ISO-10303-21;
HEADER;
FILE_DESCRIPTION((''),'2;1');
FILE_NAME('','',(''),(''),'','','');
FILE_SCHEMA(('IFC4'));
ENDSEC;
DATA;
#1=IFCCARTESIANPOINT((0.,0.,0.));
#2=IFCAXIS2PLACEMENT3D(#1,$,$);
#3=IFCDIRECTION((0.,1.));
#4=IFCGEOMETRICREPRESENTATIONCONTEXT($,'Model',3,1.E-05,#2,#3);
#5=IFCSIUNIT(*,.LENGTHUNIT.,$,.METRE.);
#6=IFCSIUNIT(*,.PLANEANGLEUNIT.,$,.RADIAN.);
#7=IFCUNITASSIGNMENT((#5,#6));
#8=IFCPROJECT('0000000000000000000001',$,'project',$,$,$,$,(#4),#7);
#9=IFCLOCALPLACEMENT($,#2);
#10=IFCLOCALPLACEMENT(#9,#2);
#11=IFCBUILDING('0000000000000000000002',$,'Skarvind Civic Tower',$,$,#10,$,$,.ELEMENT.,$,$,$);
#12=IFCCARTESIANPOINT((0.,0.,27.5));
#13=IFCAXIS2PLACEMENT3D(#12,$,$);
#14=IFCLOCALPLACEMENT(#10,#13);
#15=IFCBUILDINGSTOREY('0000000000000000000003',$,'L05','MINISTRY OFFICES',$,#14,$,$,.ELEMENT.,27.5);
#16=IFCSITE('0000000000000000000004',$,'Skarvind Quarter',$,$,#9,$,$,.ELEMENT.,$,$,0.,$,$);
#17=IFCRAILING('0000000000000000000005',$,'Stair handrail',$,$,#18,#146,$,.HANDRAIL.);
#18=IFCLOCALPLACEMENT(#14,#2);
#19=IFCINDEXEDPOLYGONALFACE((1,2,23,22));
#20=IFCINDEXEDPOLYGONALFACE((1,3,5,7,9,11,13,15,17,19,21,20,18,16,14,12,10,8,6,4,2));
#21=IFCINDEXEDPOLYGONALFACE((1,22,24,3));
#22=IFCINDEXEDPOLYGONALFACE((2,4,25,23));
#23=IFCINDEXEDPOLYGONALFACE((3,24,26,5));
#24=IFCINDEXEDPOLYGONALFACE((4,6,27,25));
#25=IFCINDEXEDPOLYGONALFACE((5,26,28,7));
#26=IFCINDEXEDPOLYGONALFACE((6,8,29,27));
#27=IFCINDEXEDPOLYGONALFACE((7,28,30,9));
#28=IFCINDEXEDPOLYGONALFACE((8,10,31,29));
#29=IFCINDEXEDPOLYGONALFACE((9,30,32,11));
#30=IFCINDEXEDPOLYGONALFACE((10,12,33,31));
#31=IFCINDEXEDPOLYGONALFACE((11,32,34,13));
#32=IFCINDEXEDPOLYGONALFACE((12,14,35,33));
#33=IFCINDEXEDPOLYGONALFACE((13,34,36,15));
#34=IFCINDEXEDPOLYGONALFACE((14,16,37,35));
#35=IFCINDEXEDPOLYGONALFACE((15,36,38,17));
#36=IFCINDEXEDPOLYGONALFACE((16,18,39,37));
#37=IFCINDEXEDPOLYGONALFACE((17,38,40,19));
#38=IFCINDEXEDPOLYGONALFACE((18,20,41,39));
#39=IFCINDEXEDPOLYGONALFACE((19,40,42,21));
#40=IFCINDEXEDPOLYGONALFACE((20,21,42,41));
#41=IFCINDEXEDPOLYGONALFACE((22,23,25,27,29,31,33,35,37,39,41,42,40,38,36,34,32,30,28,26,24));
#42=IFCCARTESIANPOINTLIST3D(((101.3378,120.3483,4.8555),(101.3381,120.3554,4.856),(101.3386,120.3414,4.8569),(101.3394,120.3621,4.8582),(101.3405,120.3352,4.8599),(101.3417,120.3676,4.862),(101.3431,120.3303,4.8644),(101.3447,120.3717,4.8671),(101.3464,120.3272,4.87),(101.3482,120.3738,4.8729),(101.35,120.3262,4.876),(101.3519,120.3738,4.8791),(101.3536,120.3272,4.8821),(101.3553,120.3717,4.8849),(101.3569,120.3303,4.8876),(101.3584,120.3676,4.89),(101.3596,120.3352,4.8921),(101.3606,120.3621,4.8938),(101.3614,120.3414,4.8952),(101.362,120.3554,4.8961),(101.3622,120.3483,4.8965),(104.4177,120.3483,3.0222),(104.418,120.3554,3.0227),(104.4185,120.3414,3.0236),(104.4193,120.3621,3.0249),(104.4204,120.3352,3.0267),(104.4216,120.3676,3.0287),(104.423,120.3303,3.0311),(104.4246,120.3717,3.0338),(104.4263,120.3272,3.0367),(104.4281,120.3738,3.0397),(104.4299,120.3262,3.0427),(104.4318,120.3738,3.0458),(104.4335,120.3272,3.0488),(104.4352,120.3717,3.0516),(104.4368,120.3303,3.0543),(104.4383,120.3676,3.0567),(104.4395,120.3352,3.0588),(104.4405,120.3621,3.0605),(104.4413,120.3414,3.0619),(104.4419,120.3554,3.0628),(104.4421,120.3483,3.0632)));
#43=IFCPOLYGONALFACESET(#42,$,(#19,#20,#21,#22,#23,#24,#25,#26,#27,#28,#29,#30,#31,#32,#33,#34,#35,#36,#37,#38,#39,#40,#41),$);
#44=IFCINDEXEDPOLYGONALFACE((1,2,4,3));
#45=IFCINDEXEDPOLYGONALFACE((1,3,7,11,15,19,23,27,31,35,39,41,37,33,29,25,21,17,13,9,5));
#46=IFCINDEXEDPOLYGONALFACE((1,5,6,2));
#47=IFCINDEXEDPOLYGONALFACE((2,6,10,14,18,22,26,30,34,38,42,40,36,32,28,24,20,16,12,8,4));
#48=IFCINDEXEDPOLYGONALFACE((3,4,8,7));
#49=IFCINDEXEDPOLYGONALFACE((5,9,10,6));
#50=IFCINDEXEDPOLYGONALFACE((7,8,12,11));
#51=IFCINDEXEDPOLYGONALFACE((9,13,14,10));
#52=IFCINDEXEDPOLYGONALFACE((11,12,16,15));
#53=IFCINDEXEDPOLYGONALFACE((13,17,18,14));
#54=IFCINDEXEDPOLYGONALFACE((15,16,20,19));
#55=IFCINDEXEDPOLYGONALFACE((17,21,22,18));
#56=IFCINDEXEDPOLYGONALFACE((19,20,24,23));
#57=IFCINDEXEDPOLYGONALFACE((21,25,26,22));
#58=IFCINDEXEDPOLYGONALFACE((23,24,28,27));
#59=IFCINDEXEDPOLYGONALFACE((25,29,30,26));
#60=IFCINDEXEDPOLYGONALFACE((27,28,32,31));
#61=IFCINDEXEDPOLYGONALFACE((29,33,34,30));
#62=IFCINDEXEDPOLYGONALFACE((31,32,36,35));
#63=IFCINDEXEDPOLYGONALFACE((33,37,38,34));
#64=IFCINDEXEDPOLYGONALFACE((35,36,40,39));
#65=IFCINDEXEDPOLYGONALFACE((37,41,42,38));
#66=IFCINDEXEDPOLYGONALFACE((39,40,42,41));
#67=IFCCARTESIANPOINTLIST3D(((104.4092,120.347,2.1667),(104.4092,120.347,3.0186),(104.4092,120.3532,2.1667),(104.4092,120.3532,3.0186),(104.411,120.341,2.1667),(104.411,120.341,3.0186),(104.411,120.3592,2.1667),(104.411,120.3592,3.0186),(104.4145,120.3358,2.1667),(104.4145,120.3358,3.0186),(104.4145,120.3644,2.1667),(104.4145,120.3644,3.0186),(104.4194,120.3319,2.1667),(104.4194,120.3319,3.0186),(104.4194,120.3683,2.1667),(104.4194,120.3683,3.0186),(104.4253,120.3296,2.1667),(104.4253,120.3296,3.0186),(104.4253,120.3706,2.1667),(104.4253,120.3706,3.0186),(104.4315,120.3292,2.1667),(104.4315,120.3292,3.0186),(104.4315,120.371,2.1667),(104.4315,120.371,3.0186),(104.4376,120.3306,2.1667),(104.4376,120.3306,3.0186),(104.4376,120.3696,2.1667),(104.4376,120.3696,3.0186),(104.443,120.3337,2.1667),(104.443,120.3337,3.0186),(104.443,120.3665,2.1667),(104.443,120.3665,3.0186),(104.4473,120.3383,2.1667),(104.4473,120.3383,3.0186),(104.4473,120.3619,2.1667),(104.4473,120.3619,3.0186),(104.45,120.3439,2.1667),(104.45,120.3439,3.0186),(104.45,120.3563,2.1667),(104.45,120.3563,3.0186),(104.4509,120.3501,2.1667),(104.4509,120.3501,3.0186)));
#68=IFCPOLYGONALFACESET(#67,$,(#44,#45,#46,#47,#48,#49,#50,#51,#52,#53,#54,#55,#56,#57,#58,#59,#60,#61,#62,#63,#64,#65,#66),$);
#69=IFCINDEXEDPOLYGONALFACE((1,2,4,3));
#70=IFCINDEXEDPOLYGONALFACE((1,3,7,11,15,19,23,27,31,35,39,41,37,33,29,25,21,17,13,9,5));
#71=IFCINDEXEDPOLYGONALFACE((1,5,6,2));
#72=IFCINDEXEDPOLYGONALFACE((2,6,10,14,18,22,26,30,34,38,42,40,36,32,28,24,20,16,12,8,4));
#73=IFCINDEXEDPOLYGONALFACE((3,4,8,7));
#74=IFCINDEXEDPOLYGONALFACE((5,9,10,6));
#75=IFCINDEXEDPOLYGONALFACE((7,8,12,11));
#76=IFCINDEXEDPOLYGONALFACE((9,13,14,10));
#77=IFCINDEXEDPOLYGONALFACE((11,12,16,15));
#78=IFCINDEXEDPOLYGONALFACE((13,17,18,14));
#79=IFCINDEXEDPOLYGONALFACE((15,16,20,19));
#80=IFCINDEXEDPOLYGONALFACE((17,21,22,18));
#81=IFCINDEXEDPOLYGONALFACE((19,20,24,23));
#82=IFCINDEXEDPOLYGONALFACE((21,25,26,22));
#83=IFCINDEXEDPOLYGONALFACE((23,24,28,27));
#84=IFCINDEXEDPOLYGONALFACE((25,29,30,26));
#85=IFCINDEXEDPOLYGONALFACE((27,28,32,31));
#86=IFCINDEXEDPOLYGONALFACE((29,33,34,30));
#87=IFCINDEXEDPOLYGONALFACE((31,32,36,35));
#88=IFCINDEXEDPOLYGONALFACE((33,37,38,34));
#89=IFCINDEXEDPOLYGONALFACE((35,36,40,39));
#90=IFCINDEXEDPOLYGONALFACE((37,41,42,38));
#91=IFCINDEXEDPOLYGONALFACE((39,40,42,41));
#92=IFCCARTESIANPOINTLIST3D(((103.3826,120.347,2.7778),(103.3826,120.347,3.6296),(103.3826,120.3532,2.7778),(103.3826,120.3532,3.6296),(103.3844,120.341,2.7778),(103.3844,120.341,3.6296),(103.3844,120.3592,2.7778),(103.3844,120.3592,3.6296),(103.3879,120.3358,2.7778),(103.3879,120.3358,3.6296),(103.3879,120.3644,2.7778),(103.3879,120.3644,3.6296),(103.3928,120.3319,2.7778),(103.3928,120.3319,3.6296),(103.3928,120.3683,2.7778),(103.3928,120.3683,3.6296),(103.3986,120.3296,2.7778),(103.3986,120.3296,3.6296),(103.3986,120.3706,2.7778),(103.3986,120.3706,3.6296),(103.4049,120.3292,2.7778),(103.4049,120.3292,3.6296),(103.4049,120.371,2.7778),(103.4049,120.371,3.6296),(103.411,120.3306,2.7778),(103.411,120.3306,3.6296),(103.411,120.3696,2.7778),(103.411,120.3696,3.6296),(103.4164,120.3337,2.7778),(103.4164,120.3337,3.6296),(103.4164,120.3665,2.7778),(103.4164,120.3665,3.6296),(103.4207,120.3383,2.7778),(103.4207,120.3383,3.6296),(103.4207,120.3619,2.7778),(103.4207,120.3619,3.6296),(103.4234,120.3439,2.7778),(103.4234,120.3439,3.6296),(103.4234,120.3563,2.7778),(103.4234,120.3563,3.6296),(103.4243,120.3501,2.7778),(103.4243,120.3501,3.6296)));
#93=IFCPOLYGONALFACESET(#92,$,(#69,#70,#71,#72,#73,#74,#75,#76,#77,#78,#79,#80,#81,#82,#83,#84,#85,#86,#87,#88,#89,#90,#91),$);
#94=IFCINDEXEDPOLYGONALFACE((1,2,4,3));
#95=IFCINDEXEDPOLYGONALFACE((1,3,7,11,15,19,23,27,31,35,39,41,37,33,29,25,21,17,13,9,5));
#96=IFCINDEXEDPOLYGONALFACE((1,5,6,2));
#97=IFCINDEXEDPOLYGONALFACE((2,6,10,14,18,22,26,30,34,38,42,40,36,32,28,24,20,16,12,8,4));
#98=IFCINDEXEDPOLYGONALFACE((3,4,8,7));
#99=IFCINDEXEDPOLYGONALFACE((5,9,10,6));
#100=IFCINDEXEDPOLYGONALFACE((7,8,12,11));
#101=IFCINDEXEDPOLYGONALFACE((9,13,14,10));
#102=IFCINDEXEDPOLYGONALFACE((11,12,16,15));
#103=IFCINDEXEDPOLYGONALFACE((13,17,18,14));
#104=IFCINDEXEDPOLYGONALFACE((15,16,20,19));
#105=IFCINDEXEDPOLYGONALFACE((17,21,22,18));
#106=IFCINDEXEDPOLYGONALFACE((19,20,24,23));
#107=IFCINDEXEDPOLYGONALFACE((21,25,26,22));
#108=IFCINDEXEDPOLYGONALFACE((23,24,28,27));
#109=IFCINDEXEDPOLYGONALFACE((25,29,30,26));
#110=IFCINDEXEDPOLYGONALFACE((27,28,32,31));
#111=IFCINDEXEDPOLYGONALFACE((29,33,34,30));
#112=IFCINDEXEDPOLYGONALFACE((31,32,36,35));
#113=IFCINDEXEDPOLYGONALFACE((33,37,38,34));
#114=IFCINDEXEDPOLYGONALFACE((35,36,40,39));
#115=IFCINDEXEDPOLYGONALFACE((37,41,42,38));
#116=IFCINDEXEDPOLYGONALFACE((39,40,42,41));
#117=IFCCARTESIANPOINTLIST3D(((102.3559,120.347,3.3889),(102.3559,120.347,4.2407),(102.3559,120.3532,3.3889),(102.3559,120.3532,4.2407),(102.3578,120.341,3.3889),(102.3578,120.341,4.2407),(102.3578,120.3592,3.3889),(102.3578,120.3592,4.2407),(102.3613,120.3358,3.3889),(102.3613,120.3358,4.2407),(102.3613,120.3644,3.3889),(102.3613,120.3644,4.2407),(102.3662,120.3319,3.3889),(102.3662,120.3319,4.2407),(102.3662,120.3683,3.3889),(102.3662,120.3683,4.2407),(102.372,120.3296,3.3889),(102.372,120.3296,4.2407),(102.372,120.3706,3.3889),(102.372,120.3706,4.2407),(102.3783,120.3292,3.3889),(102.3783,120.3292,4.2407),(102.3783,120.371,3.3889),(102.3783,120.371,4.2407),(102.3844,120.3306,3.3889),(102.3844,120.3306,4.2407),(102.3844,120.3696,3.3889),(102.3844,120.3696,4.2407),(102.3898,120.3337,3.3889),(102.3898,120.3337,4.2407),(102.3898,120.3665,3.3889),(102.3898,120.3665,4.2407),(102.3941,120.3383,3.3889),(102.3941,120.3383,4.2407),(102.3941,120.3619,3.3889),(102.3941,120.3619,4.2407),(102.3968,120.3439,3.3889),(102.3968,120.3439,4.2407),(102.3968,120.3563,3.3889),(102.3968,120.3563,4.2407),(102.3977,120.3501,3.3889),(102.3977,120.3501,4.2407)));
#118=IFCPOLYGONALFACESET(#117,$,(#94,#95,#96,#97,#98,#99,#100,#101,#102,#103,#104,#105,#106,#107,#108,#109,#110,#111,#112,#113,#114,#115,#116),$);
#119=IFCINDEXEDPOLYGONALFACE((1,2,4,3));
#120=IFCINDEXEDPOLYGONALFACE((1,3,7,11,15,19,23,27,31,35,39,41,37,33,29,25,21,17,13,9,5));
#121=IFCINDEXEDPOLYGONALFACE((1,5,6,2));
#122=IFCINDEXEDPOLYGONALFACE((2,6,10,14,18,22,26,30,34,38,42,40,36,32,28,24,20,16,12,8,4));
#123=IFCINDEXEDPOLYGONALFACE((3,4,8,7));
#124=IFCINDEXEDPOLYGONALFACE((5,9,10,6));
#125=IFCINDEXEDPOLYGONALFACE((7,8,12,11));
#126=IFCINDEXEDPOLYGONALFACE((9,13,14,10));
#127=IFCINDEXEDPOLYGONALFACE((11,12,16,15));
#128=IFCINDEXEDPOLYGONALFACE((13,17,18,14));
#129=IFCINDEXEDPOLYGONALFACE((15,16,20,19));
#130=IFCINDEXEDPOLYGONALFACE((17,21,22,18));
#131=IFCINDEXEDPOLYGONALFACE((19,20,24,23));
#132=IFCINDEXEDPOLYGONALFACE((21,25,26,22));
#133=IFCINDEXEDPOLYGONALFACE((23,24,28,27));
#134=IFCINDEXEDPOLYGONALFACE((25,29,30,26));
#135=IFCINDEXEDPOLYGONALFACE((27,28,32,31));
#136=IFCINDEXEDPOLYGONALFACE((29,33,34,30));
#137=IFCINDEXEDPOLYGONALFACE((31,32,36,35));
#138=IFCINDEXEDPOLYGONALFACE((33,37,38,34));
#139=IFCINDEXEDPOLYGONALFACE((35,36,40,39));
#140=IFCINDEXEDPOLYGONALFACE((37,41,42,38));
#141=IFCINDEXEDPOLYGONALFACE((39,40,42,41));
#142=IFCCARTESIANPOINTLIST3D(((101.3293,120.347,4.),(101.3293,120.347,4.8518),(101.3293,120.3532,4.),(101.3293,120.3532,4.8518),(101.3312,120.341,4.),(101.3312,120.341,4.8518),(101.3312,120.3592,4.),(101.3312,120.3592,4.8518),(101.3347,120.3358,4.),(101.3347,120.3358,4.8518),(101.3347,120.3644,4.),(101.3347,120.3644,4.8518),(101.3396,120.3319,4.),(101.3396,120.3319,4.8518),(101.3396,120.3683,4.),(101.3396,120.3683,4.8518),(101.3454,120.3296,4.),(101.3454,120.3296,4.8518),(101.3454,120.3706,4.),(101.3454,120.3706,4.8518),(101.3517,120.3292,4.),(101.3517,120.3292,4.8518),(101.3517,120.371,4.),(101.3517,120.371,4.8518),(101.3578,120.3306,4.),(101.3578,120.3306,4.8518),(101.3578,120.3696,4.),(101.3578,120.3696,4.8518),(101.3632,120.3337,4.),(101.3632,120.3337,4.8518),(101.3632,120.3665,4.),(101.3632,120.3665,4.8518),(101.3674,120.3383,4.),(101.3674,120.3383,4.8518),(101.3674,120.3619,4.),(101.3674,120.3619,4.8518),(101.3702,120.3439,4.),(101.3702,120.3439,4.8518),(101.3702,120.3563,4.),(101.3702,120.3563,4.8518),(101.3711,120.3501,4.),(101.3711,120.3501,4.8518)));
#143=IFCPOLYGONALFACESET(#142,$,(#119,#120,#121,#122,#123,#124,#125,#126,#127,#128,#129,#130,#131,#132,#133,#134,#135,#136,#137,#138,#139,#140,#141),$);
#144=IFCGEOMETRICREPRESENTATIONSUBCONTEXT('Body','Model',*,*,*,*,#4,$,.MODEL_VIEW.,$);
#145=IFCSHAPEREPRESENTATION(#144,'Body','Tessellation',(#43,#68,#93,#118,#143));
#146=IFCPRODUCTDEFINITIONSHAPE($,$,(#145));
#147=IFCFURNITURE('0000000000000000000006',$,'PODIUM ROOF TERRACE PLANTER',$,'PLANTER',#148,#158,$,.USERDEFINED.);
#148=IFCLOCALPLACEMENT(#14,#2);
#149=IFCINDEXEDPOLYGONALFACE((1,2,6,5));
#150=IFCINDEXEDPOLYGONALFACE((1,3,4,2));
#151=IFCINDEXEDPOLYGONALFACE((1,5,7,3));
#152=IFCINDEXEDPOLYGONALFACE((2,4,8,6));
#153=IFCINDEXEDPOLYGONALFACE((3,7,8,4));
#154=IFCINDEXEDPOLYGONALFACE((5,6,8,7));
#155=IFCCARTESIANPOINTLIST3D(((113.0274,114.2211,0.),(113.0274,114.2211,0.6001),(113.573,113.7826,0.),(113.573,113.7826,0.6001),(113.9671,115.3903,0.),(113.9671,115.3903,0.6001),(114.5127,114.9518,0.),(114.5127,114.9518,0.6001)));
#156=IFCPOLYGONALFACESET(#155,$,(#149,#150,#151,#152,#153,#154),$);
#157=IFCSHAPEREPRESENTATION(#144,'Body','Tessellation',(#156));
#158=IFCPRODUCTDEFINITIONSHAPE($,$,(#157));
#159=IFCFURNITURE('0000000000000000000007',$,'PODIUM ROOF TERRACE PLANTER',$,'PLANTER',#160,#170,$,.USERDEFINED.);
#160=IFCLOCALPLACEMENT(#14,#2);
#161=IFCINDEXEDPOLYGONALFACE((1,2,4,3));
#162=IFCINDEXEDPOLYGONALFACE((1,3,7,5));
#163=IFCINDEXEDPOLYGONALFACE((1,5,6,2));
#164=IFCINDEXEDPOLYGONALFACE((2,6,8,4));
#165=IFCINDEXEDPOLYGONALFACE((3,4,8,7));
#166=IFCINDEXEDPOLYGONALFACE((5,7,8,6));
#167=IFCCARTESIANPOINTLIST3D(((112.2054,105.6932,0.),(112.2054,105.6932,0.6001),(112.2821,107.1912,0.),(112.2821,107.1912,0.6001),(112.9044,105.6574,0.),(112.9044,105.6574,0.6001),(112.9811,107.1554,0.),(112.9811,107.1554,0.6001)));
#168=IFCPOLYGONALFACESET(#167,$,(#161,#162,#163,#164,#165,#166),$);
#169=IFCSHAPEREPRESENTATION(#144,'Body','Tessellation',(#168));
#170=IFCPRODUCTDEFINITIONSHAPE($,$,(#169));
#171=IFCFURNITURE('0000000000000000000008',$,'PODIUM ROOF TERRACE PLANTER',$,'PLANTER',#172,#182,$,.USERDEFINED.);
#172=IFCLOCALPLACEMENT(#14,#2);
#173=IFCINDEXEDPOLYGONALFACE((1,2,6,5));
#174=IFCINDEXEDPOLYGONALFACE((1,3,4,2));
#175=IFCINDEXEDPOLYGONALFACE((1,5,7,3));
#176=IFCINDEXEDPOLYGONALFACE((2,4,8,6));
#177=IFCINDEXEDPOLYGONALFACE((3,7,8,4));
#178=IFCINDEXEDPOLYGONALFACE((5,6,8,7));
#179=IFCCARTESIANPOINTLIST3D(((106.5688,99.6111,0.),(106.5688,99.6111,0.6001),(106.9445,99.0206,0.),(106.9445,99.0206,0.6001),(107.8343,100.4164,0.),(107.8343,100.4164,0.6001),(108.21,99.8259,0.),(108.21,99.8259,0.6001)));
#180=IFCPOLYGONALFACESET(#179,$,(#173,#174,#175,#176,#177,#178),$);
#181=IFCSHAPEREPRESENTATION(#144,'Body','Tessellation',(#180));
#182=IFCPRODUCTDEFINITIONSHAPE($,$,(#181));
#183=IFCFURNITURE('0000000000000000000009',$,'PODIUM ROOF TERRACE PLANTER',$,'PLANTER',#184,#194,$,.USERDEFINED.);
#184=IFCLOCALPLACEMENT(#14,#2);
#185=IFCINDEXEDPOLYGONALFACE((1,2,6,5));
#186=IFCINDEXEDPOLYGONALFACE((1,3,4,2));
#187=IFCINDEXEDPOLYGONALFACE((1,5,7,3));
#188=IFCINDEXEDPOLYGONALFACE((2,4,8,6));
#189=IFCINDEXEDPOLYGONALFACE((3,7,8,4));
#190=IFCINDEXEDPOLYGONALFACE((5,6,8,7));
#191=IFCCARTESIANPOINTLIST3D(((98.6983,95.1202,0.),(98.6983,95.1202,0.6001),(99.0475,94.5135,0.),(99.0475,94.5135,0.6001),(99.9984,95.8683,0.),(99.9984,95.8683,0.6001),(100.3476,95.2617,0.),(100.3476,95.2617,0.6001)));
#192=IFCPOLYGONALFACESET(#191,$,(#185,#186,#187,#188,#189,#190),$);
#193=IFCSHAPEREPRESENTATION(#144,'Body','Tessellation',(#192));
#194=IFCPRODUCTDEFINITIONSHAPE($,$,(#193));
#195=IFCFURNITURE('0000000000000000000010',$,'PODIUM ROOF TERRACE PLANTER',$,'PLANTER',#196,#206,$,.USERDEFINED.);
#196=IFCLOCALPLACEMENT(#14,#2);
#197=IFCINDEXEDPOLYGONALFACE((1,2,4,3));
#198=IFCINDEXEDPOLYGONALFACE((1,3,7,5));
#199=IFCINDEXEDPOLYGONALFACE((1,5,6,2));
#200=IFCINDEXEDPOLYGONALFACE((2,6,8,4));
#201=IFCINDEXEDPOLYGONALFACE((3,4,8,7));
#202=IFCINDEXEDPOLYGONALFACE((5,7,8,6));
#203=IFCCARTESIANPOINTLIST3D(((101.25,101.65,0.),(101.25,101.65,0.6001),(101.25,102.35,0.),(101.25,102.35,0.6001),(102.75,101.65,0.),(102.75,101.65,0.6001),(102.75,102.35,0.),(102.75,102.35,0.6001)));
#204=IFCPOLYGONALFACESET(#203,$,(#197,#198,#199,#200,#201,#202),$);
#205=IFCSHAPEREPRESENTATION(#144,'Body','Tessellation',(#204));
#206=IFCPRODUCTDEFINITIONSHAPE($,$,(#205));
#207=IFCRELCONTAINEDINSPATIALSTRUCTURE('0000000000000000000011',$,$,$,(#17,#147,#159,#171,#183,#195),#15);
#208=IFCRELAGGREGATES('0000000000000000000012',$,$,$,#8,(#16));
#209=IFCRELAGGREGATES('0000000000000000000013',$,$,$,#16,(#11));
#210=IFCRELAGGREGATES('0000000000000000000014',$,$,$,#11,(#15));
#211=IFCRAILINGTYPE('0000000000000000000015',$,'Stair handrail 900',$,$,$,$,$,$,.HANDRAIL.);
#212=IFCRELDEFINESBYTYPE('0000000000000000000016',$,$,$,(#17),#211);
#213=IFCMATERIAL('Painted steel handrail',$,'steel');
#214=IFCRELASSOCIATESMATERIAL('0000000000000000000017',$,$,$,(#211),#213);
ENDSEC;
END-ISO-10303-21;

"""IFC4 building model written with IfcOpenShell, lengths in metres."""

from ifc_helpers import new_model, si_unit, direction, frame, origin, origin_2d, place, context, subcontext, project, spatial, rectangle, circle, extrude, material, type_object, element, save


model = new_model("IFC4")

# Units and contexts
model_context = context("Model", 3, precision=1e-05, world=origin(), true_north=direction((0.0, 1.0)))
body_context = subcontext(model_context, "Body", "Model", "MODEL_VIEW")
ifc_project = project(units=[si_unit("LENGTHUNIT", "METRE"), si_unit("PLANEANGLEUNIT", "RADIAN")], contexts=[model_context])

# Site, building, storey
site_placement = place(None, origin())
site = spatial("IfcSite", under=ifc_project, at=site_placement, Name="Skarvind Quarter", CompositionType="ELEMENT", RefElevation=0.0)
building_placement = place(site_placement, origin())
building = spatial("IfcBuilding", under=site, at=building_placement, Name="Skarvind Civic Tower", CompositionType="ELEMENT")
storey_placement = place(building_placement, frame((0.0, 0.0, 27.5)))
storey = spatial("IfcBuildingStorey", under=building, at=storey_placement, Name="L05", Description="MINISTRY OFFICES", CompositionType="ELEMENT", Elevation=27.5)

# Railing
ifc_material_1 = material(Name="Painted steel handrail", Category="steel")
railing_type_1 = type_object("IfcRailingType", Name="Stair handrail 900", PredefinedType="HANDRAIL", material=ifc_material_1)
railing_1_placement = place(storey_placement, frame((104.4299, 120.3501, 2.1667)))
element("IfcRailing", 1, at=railing_1_placement, inside=storey, type_object=railing_type_1, Name="Stair handrail", PredefinedType="HANDRAIL", context=body_context, shape_type="SweptSolid", body=[
    extrude(circle(Radius=0.0239, at=origin_2d()), frame((0.0, 0.0, 0.876), z_axis=(-0.859291, 0.0, 0.511487), x_axis=(0.0, -1.0, 0.0)), (0.0, 0.0, 1.0), 3.5842),
    extrude(circle(Radius=0.021, at=origin_2d()), origin(), (0.0, 0.0, 1.0), 0.8518),
    extrude(circle(Radius=0.021, at=origin_2d()), frame((-1.0266, 0.0, 0.6111)), (0.0, 0.0, 1.0), 0.8518),
    extrude(circle(Radius=0.021, at=origin_2d()), frame((-2.0532, 0.0, 1.2222)), (0.0, 0.0, 1.0), 0.8518),
    extrude(circle(Radius=0.021, at=origin_2d()), frame((-3.0798, 0.0, 1.8333)), (0.0, 0.0, 1.0), 0.8518),
])

# Furniture
for number, where, z_axis, x_axis, name in (
    (2, (113.77, 114.5864, 0.0), (0.0, 0.0, 1.0), (-0.626468, -0.779447, 0.0), "PODIUM ROOF TERRACE PLANTER"),
    (3, (112.5933, 106.4243, 0.0), (0.0, 0.0, 1.0), (-0.051116, -0.998693, 0.0), "PODIUM ROOF TERRACE PLANTER"),
    (4, (107.3894, 99.7185, 0.0), (0.0, 0.0, 1.0), (-0.843673, -0.536858, 0.0), "PODIUM ROOF TERRACE PLANTER"),
    (5, (99.5229, 95.1909, 0.0), (0.0, 0.0, 1.0), (-0.866723, -0.49879, 0.0), "PODIUM ROOF TERRACE PLANTER"),
    (6, (102.0, 102.0, 0.0), (0.0, 0.0, 1.0), (1.0, 0.0, 0.0), "PODIUM ROOF TERRACE PLANTER"),
):
    element("IfcFurniture", number, at=place(storey_placement, frame(where, z_axis=z_axis, x_axis=x_axis)), inside=storey, Name=name, ObjectType="PLANTER", PredefinedType="USERDEFINED", context=body_context, shape_type="SweptSolid", body=[
        extrude(rectangle(XDim=1.5, YDim=0.7, at=origin_2d()), origin(), (0.0, 0.0, 1.0), 0.6001),
    ])

save(model, "model.ifc")
